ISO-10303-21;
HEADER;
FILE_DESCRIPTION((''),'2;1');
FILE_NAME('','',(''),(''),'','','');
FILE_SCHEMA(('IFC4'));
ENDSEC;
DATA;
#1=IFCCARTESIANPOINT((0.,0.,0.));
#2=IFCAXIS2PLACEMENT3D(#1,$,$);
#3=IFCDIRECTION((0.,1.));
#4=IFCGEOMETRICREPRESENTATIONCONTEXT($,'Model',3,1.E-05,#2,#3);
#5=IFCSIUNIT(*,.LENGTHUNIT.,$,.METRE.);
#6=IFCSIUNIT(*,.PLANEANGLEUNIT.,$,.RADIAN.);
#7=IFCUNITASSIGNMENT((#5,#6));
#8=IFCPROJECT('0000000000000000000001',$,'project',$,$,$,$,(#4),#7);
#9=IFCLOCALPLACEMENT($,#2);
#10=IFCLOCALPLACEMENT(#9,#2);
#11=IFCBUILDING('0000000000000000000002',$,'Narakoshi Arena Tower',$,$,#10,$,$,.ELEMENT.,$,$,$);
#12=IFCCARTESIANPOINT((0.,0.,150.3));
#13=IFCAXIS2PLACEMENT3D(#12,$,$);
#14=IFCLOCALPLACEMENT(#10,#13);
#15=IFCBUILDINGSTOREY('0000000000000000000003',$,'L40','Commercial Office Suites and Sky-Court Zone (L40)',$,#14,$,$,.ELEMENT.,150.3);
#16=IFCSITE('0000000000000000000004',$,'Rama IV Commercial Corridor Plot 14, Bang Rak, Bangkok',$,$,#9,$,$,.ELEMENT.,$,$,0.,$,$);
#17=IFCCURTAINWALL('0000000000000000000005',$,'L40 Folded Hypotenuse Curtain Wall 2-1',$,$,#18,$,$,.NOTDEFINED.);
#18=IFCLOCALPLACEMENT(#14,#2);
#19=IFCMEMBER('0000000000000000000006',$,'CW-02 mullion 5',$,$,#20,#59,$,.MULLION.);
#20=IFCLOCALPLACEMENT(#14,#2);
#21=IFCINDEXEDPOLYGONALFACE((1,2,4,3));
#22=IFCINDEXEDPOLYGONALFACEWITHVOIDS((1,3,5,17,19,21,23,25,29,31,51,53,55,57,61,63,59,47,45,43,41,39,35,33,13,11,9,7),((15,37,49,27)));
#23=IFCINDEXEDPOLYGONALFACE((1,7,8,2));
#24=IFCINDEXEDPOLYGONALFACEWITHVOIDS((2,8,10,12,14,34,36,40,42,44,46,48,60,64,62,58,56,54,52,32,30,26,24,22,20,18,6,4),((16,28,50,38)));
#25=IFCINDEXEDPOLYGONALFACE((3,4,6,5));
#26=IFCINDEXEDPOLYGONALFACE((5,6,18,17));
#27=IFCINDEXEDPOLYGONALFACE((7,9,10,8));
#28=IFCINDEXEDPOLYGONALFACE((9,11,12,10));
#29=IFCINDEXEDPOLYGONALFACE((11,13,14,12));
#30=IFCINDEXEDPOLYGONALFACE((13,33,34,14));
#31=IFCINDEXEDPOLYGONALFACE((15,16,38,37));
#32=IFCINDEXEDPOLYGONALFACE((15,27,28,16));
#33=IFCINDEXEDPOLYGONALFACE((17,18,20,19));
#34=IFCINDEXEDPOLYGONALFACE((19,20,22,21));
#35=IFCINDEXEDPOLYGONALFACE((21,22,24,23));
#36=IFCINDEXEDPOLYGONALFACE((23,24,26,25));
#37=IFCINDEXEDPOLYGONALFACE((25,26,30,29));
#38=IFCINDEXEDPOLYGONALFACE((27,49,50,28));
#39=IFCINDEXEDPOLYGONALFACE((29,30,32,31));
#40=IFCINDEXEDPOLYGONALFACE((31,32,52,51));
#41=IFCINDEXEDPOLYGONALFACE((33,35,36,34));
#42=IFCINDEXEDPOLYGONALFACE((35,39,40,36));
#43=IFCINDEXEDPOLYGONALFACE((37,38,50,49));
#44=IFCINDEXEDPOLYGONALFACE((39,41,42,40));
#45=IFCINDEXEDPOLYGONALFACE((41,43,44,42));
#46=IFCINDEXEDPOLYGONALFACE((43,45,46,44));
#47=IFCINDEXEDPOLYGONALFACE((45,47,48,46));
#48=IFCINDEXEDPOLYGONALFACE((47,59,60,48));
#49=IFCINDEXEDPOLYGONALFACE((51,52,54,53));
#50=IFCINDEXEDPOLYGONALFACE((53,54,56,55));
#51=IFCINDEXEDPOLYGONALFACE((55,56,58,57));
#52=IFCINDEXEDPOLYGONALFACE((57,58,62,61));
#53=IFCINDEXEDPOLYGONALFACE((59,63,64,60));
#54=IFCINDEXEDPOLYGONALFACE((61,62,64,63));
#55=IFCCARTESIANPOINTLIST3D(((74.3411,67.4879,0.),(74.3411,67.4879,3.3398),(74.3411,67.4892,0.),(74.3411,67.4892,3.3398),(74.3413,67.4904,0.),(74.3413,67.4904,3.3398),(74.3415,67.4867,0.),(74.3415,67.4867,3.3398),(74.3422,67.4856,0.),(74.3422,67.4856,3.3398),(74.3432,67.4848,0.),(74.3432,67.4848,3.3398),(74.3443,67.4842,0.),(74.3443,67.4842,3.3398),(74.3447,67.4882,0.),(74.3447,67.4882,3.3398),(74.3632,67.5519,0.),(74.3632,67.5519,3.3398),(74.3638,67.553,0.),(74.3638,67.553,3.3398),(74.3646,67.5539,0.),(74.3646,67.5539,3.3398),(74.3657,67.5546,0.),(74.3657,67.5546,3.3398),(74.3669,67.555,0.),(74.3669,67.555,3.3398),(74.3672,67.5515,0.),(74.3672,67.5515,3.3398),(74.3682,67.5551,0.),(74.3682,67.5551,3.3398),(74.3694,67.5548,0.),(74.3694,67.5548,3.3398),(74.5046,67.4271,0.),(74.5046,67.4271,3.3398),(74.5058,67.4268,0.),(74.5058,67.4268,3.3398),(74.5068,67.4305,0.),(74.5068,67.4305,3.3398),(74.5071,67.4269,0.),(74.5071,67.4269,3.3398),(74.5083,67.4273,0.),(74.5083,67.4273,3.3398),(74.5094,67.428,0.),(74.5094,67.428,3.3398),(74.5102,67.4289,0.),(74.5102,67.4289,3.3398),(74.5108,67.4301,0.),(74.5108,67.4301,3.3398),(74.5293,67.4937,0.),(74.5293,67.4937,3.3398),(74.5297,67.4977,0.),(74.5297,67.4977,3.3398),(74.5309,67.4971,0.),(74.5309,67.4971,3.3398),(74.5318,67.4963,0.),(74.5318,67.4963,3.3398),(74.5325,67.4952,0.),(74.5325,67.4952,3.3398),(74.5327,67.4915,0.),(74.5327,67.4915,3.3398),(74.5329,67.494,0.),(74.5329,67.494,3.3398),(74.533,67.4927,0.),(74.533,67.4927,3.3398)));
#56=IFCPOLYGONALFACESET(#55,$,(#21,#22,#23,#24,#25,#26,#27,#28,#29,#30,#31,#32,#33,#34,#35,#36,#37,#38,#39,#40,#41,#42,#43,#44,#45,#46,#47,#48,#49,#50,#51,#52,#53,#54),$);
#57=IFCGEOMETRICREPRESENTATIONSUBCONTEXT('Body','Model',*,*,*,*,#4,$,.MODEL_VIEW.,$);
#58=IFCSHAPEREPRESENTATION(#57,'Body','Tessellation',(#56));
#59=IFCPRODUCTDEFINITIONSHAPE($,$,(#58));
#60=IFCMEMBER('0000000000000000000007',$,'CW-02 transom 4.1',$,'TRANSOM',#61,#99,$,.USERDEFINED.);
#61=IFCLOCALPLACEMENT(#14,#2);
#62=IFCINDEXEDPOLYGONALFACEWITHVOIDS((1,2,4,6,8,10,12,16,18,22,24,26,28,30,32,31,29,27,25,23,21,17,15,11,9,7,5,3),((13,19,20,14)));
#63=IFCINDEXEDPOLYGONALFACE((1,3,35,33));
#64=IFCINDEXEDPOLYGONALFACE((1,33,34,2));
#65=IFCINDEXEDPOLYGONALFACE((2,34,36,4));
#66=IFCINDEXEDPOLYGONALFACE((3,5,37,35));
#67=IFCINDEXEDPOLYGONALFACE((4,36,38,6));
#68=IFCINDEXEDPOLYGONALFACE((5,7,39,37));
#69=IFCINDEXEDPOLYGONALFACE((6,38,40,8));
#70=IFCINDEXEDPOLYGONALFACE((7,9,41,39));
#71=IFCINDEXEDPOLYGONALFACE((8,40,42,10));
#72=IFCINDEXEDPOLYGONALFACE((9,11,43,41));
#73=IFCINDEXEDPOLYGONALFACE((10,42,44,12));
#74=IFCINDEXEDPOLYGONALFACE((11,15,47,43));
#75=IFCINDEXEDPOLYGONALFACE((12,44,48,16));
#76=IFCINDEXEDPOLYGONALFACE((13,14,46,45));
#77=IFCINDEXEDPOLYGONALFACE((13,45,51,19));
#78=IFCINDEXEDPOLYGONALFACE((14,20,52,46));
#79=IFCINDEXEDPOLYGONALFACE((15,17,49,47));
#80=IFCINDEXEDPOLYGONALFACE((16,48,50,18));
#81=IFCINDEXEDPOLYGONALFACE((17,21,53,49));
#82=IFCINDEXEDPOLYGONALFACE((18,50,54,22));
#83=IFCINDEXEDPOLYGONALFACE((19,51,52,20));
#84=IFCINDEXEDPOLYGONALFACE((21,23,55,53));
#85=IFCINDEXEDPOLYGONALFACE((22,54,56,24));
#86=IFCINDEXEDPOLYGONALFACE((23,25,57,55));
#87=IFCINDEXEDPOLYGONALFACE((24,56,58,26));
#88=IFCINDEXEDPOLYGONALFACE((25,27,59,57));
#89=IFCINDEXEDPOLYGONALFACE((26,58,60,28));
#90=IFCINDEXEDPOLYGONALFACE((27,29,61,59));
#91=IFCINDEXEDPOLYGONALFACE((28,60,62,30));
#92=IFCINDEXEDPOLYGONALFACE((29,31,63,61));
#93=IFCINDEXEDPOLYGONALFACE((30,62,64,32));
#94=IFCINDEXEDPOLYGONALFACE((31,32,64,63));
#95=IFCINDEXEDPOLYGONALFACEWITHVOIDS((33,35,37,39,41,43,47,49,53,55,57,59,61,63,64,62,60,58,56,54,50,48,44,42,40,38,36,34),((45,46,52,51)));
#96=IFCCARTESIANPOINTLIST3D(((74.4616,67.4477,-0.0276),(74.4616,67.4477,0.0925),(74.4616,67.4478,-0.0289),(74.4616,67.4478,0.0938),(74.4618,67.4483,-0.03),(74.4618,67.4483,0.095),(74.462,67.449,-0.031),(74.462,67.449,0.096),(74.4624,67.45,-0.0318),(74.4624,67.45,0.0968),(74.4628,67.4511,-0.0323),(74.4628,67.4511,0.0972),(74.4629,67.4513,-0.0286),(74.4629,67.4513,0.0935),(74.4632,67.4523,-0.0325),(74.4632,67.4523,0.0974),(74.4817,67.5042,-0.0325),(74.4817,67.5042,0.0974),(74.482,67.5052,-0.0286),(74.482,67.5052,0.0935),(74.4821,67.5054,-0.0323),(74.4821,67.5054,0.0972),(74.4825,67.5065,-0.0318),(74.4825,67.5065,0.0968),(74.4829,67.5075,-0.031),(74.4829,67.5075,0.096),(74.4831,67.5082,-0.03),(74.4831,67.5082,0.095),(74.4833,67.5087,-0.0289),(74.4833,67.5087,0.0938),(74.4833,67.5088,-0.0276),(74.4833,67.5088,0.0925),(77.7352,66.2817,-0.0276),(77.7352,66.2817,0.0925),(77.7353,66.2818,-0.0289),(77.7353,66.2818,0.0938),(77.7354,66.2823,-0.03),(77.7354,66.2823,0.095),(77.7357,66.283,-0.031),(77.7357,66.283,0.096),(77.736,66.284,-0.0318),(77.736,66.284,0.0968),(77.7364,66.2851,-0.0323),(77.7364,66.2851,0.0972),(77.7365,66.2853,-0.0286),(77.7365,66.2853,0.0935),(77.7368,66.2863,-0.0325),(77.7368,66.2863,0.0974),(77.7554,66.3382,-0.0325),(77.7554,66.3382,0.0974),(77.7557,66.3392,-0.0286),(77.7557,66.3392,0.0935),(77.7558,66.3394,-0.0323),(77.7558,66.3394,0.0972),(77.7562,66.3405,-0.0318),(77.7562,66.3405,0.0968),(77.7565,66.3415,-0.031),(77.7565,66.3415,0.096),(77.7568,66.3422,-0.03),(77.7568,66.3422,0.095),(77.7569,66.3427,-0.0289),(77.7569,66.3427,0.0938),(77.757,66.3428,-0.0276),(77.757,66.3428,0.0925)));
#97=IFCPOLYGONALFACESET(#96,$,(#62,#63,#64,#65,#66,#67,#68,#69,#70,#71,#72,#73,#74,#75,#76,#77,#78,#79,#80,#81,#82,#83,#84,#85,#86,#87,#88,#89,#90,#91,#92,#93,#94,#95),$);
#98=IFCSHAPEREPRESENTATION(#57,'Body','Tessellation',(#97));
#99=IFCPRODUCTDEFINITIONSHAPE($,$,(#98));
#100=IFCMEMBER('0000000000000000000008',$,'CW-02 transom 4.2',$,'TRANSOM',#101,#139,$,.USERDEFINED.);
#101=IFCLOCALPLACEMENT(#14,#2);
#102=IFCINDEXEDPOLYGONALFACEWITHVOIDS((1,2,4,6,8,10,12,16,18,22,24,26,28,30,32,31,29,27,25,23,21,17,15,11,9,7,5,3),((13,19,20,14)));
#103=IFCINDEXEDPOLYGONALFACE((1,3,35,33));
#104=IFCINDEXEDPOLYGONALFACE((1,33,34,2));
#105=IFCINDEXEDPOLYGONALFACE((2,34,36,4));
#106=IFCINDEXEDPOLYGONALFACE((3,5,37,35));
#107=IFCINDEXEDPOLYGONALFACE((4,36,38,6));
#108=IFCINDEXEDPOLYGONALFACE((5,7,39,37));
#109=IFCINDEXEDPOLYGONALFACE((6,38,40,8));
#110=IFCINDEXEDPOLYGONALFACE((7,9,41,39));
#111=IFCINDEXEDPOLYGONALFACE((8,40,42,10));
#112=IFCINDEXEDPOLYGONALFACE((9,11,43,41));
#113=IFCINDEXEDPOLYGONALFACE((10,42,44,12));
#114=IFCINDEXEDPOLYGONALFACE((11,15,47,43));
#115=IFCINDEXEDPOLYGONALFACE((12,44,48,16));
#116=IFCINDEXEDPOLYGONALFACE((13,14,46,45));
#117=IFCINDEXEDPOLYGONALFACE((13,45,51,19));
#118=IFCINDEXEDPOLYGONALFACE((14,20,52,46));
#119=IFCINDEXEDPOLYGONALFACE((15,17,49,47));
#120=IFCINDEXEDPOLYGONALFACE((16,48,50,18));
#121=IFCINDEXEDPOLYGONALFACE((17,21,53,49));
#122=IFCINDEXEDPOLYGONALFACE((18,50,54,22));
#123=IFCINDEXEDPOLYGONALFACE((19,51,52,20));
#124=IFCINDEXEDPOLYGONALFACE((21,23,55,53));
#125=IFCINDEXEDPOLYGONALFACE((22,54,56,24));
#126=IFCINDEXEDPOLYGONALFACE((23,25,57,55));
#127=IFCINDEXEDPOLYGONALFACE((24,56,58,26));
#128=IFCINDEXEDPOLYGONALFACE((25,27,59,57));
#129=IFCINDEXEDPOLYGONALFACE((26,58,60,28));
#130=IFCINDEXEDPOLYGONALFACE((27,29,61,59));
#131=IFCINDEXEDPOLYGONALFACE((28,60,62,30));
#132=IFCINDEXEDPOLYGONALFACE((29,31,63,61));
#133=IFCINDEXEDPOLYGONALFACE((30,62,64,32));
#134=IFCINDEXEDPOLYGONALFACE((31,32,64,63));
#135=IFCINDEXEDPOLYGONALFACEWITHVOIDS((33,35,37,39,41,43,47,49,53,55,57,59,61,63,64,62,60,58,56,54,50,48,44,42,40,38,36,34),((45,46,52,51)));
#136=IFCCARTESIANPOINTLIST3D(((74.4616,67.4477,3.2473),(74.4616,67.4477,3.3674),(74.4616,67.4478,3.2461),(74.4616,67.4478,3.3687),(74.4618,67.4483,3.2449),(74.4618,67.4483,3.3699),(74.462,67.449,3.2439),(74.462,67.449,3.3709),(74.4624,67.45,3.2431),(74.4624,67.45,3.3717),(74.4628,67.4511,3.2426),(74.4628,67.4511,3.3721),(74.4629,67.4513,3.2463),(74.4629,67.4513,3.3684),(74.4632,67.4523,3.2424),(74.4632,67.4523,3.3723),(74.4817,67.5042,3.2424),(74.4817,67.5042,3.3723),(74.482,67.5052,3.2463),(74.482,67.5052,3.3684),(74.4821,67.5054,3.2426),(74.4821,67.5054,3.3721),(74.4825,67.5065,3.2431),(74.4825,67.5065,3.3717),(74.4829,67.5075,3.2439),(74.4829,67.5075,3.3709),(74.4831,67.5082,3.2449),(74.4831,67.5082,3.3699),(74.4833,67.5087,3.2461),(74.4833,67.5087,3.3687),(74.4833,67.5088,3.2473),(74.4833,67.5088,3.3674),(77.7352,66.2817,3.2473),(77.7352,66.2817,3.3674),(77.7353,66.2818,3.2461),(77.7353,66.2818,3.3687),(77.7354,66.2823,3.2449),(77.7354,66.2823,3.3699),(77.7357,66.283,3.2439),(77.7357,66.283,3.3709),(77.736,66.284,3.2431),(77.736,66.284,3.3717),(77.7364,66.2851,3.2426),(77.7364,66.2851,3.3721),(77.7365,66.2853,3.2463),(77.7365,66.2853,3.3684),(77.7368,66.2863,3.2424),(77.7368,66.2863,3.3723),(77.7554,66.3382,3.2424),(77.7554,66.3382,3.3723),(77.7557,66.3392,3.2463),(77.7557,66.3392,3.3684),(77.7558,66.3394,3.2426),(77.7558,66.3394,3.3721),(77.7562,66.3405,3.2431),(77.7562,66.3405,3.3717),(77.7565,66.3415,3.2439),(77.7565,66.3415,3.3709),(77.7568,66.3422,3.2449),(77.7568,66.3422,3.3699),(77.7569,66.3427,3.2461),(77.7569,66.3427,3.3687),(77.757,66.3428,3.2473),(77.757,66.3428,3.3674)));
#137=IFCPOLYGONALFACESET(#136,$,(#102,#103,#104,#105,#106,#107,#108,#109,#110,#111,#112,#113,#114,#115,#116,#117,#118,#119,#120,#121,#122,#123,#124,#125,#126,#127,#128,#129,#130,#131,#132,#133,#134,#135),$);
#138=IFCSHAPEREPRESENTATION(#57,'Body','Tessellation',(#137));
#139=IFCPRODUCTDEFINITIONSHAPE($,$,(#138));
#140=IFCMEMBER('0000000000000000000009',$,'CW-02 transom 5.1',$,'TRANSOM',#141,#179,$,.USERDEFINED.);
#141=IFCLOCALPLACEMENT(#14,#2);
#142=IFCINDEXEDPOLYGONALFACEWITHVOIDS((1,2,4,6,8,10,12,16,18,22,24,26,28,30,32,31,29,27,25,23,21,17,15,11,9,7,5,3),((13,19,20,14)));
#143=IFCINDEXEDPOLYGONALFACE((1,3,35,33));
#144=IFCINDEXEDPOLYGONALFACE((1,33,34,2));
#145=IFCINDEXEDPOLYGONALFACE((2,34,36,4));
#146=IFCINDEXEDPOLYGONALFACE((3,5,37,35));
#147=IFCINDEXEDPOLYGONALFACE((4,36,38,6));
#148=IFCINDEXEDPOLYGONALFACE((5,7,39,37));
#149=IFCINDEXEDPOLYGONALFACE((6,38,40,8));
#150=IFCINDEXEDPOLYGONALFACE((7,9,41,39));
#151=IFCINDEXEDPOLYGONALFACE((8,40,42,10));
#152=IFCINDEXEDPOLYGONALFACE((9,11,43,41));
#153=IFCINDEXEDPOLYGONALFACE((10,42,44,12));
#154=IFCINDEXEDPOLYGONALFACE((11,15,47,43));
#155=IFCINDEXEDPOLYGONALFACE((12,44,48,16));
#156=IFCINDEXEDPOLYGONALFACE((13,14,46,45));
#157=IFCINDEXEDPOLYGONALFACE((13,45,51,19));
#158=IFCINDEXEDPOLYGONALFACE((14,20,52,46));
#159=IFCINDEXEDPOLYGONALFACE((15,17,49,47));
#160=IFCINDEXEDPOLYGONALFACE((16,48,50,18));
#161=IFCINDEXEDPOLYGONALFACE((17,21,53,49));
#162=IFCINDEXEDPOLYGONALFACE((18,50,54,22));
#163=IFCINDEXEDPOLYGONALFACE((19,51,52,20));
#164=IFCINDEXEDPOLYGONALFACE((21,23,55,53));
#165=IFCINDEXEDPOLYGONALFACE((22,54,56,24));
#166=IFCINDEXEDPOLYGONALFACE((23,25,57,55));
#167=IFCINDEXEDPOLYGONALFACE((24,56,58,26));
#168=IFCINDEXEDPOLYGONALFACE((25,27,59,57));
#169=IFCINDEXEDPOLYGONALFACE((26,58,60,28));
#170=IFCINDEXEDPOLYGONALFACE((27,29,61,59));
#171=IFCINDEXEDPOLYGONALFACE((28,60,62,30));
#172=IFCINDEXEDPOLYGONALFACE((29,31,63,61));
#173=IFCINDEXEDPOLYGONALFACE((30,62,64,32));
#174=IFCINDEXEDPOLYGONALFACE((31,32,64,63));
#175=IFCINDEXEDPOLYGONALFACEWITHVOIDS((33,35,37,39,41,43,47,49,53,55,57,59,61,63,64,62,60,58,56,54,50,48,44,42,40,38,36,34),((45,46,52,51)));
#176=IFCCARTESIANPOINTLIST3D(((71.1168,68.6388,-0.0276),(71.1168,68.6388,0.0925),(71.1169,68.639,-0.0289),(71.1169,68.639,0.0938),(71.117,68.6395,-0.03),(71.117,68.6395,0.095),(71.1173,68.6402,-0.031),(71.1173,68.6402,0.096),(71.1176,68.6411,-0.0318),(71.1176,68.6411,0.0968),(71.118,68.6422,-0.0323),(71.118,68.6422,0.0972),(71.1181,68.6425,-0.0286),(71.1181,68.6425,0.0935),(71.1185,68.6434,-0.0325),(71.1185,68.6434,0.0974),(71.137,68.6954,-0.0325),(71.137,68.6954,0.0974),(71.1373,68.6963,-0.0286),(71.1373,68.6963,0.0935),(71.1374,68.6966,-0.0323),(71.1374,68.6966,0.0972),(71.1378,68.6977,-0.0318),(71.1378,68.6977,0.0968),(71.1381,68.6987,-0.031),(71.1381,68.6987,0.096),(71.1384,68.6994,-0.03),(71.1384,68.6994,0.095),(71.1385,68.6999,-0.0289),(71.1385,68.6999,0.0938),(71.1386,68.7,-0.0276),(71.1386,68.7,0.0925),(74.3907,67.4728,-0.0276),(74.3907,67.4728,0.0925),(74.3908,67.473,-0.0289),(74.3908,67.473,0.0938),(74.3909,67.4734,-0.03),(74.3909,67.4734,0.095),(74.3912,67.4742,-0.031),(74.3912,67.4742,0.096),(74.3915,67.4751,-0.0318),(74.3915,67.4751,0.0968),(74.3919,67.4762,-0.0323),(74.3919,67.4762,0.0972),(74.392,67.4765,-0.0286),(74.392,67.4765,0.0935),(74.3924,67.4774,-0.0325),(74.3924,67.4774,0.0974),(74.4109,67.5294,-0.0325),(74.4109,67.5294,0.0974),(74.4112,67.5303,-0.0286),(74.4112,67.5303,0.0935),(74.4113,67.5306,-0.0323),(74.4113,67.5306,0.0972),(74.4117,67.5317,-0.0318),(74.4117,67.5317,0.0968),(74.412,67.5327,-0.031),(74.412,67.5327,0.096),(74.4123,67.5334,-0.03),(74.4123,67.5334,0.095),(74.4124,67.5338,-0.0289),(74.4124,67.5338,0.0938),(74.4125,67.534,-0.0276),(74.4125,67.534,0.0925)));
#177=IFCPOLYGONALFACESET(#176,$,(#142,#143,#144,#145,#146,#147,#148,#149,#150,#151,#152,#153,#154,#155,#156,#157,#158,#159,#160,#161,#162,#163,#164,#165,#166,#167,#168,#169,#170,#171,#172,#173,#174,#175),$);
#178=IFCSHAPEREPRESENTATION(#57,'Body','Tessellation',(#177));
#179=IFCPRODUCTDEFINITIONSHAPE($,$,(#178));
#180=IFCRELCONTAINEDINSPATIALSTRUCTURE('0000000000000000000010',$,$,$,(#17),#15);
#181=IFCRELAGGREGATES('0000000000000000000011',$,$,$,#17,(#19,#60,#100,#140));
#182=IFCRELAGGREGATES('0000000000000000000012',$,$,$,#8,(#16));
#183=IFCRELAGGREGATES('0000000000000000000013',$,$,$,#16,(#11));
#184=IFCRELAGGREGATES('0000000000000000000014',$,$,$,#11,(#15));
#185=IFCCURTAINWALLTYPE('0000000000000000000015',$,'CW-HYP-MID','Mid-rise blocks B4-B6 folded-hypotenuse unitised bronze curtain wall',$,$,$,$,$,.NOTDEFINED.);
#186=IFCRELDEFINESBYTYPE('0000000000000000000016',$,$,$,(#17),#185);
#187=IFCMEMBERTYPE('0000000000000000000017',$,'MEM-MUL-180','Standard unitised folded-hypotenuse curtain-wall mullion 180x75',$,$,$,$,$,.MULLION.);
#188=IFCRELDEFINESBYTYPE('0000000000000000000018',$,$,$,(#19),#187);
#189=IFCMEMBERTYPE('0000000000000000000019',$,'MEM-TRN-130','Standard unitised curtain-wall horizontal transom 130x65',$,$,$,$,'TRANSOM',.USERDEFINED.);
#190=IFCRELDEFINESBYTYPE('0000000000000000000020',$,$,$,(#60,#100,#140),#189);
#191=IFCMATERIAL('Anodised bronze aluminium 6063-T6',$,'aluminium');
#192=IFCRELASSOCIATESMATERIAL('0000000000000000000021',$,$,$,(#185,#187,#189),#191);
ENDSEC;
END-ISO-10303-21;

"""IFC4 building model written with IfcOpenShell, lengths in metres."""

from ifc_helpers import new_model, si_unit, direction, frame, origin, origin_2d, place, context, subcontext, project, spatial, hollow_rectangle, extrude, material, material_profile, profile_set, type_object, element, aggregate, save


model = new_model("IFC4")

# Units and contexts
model_context = context("Model", 3, precision=1e-05, world=origin(), true_north=direction((0.0, 1.0)))
body_context = subcontext(model_context, "Body", "Model", "MODEL_VIEW")
ifc_project = project(units=[si_unit("LENGTHUNIT", "METRE"), si_unit("PLANEANGLEUNIT", "RADIAN")], contexts=[model_context])

# Site, building, storey
site_placement = place(None, origin())
site = spatial("IfcSite", under=ifc_project, at=site_placement, Name="Rama IV Commercial Corridor Plot 14, Bang Rak, Bangkok", CompositionType="ELEMENT", RefElevation=0.0)
building_placement = place(site_placement, origin())
building = spatial("IfcBuilding", under=site, at=building_placement, Name="Narakoshi Arena Tower", CompositionType="ELEMENT")
storey_placement = place(building_placement, frame((0.0, 0.0, 150.3)))
storey = spatial("IfcBuildingStorey", under=building, at=storey_placement, Name="L40", Description="Commercial Office Suites and Sky-Court Zone (L40)", CompositionType="ELEMENT", Elevation=150.3)

# Curtain wall, members
ifc_material_1 = material(Name="Anodised bronze aluminium 6063-T6", Category="aluminium")
curtain_wall_type = type_object("IfcCurtainWallType", Name="CW-HYP-MID", Description="Mid-rise blocks B4-B6 folded-hypotenuse unitised bronze curtain wall", PredefinedType="NOTDEFINED", material=ifc_material_1)
curtain_wall_placement = place(storey_placement, origin())
curtain_wall = element("IfcCurtainWall", 1, at=curtain_wall_placement, inside=storey, type_object=curtain_wall_type, Name="L40 Folded Hypotenuse Curtain Wall 2-1", PredefinedType="NOTDEFINED")
ifc_material_profile_1 = material_profile(ifc_material_1, hollow_rectangle(XDim=0.075, YDim=0.1799, WallThickness=0.0039, OuterFilletRadius=0.0049, at=origin_2d()), Name="MUL180x75x4")
ifc_profile_set_1 = profile_set([ifc_material_profile_1], Name="Anodised bronze aluminium 6063-T6")
member_type_1 = type_object("IfcMemberType", Name="MEM-MUL-180", Description="Standard unitised folded-hypotenuse curtain-wall mullion 180x75", PredefinedType="MULLION", material=ifc_profile_set_1)
member_1_placement = place(storey_placement, frame((74.437, 67.491, 0.0), z_axis=(0.0, 0.0, 1.0), x_axis=(-0.335518, -0.942034, 0.0)))
member_1 = element("IfcMember", 2, at=member_1_placement, type_object=member_type_1, Name="CW-02 mullion 5", PredefinedType="MULLION", context=body_context, shape_type="SweptSolid", body=[
    extrude(hollow_rectangle(XDim=0.075, YDim=0.1799, WallThickness=0.0039, OuterFilletRadius=0.0049, at=origin_2d()), origin(), (0.0, 0.0, 1.0), 3.3398),
])
ifc_material_profile_2 = material_profile(ifc_material_1, hollow_rectangle(XDim=0.0649, YDim=0.1299, WallThickness=0.0039, OuterFilletRadius=0.0049, at=origin_2d()), Name="TRN130x65x4")
ifc_profile_set_2 = profile_set([ifc_material_profile_2], Name="Anodised bronze aluminium 6063-T6")
member_type_2 = type_object("IfcMemberType", Name="MEM-TRN-130", Description="Standard unitised curtain-wall horizontal transom 130x65", ElementType="TRANSOM", PredefinedType="USERDEFINED", material=ifc_profile_set_2)
member_2_placement = place(storey_placement, frame((77.7461, 66.3123, 0.0325), z_axis=(-0.942029, 0.335531, 0.0), x_axis=(-0.335531, -0.942029, 0.0)))
member_2 = element("IfcMember", 3, at=member_2_placement, type_object=member_type_2, Name="CW-02 transom 4.1", ObjectType="TRANSOM", PredefinedType="USERDEFINED", context=body_context, shape_type="SweptSolid", body=[
    extrude(hollow_rectangle(XDim=0.0649, YDim=0.1299, WallThickness=0.0039, OuterFilletRadius=0.0049, at=origin_2d()), origin(), (0.0, 0.0, 1.0), 3.4751),
])
member_3_placement = place(storey_placement, frame((77.7461, 66.3123, 3.3074), z_axis=(-0.942029, 0.335531, 0.0), x_axis=(-0.335531, -0.942029, 0.0)))
member_3 = element("IfcMember", 4, at=member_3_placement, type_object=member_type_2, Name="CW-02 transom 4.2", ObjectType="TRANSOM", PredefinedType="USERDEFINED", context=body_context, shape_type="SweptSolid", body=[
    extrude(hollow_rectangle(XDim=0.0649, YDim=0.1299, WallThickness=0.0039, OuterFilletRadius=0.0049, at=origin_2d()), origin(), (0.0, 0.0, 1.0), 3.4751),
])
member_4_placement = place(storey_placement, frame((74.4016, 67.5034, 0.0325), z_axis=(-0.942037, 0.335509, 0.0), x_axis=(-0.335509, -0.942037, 0.0)))
member_4 = element("IfcMember", 5, at=member_4_placement, type_object=member_type_2, Name="CW-02 transom 5.1", ObjectType="TRANSOM", PredefinedType="USERDEFINED", context=body_context, shape_type="SweptSolid", body=[
    extrude(hollow_rectangle(XDim=0.0649, YDim=0.1299, WallThickness=0.0039, OuterFilletRadius=0.0049, at=origin_2d()), origin(), (0.0, 0.0, 1.0), 3.4753),
])
aggregate(curtain_wall, [member_1, member_2, member_3, member_4])

save(model, "model.ifc")
